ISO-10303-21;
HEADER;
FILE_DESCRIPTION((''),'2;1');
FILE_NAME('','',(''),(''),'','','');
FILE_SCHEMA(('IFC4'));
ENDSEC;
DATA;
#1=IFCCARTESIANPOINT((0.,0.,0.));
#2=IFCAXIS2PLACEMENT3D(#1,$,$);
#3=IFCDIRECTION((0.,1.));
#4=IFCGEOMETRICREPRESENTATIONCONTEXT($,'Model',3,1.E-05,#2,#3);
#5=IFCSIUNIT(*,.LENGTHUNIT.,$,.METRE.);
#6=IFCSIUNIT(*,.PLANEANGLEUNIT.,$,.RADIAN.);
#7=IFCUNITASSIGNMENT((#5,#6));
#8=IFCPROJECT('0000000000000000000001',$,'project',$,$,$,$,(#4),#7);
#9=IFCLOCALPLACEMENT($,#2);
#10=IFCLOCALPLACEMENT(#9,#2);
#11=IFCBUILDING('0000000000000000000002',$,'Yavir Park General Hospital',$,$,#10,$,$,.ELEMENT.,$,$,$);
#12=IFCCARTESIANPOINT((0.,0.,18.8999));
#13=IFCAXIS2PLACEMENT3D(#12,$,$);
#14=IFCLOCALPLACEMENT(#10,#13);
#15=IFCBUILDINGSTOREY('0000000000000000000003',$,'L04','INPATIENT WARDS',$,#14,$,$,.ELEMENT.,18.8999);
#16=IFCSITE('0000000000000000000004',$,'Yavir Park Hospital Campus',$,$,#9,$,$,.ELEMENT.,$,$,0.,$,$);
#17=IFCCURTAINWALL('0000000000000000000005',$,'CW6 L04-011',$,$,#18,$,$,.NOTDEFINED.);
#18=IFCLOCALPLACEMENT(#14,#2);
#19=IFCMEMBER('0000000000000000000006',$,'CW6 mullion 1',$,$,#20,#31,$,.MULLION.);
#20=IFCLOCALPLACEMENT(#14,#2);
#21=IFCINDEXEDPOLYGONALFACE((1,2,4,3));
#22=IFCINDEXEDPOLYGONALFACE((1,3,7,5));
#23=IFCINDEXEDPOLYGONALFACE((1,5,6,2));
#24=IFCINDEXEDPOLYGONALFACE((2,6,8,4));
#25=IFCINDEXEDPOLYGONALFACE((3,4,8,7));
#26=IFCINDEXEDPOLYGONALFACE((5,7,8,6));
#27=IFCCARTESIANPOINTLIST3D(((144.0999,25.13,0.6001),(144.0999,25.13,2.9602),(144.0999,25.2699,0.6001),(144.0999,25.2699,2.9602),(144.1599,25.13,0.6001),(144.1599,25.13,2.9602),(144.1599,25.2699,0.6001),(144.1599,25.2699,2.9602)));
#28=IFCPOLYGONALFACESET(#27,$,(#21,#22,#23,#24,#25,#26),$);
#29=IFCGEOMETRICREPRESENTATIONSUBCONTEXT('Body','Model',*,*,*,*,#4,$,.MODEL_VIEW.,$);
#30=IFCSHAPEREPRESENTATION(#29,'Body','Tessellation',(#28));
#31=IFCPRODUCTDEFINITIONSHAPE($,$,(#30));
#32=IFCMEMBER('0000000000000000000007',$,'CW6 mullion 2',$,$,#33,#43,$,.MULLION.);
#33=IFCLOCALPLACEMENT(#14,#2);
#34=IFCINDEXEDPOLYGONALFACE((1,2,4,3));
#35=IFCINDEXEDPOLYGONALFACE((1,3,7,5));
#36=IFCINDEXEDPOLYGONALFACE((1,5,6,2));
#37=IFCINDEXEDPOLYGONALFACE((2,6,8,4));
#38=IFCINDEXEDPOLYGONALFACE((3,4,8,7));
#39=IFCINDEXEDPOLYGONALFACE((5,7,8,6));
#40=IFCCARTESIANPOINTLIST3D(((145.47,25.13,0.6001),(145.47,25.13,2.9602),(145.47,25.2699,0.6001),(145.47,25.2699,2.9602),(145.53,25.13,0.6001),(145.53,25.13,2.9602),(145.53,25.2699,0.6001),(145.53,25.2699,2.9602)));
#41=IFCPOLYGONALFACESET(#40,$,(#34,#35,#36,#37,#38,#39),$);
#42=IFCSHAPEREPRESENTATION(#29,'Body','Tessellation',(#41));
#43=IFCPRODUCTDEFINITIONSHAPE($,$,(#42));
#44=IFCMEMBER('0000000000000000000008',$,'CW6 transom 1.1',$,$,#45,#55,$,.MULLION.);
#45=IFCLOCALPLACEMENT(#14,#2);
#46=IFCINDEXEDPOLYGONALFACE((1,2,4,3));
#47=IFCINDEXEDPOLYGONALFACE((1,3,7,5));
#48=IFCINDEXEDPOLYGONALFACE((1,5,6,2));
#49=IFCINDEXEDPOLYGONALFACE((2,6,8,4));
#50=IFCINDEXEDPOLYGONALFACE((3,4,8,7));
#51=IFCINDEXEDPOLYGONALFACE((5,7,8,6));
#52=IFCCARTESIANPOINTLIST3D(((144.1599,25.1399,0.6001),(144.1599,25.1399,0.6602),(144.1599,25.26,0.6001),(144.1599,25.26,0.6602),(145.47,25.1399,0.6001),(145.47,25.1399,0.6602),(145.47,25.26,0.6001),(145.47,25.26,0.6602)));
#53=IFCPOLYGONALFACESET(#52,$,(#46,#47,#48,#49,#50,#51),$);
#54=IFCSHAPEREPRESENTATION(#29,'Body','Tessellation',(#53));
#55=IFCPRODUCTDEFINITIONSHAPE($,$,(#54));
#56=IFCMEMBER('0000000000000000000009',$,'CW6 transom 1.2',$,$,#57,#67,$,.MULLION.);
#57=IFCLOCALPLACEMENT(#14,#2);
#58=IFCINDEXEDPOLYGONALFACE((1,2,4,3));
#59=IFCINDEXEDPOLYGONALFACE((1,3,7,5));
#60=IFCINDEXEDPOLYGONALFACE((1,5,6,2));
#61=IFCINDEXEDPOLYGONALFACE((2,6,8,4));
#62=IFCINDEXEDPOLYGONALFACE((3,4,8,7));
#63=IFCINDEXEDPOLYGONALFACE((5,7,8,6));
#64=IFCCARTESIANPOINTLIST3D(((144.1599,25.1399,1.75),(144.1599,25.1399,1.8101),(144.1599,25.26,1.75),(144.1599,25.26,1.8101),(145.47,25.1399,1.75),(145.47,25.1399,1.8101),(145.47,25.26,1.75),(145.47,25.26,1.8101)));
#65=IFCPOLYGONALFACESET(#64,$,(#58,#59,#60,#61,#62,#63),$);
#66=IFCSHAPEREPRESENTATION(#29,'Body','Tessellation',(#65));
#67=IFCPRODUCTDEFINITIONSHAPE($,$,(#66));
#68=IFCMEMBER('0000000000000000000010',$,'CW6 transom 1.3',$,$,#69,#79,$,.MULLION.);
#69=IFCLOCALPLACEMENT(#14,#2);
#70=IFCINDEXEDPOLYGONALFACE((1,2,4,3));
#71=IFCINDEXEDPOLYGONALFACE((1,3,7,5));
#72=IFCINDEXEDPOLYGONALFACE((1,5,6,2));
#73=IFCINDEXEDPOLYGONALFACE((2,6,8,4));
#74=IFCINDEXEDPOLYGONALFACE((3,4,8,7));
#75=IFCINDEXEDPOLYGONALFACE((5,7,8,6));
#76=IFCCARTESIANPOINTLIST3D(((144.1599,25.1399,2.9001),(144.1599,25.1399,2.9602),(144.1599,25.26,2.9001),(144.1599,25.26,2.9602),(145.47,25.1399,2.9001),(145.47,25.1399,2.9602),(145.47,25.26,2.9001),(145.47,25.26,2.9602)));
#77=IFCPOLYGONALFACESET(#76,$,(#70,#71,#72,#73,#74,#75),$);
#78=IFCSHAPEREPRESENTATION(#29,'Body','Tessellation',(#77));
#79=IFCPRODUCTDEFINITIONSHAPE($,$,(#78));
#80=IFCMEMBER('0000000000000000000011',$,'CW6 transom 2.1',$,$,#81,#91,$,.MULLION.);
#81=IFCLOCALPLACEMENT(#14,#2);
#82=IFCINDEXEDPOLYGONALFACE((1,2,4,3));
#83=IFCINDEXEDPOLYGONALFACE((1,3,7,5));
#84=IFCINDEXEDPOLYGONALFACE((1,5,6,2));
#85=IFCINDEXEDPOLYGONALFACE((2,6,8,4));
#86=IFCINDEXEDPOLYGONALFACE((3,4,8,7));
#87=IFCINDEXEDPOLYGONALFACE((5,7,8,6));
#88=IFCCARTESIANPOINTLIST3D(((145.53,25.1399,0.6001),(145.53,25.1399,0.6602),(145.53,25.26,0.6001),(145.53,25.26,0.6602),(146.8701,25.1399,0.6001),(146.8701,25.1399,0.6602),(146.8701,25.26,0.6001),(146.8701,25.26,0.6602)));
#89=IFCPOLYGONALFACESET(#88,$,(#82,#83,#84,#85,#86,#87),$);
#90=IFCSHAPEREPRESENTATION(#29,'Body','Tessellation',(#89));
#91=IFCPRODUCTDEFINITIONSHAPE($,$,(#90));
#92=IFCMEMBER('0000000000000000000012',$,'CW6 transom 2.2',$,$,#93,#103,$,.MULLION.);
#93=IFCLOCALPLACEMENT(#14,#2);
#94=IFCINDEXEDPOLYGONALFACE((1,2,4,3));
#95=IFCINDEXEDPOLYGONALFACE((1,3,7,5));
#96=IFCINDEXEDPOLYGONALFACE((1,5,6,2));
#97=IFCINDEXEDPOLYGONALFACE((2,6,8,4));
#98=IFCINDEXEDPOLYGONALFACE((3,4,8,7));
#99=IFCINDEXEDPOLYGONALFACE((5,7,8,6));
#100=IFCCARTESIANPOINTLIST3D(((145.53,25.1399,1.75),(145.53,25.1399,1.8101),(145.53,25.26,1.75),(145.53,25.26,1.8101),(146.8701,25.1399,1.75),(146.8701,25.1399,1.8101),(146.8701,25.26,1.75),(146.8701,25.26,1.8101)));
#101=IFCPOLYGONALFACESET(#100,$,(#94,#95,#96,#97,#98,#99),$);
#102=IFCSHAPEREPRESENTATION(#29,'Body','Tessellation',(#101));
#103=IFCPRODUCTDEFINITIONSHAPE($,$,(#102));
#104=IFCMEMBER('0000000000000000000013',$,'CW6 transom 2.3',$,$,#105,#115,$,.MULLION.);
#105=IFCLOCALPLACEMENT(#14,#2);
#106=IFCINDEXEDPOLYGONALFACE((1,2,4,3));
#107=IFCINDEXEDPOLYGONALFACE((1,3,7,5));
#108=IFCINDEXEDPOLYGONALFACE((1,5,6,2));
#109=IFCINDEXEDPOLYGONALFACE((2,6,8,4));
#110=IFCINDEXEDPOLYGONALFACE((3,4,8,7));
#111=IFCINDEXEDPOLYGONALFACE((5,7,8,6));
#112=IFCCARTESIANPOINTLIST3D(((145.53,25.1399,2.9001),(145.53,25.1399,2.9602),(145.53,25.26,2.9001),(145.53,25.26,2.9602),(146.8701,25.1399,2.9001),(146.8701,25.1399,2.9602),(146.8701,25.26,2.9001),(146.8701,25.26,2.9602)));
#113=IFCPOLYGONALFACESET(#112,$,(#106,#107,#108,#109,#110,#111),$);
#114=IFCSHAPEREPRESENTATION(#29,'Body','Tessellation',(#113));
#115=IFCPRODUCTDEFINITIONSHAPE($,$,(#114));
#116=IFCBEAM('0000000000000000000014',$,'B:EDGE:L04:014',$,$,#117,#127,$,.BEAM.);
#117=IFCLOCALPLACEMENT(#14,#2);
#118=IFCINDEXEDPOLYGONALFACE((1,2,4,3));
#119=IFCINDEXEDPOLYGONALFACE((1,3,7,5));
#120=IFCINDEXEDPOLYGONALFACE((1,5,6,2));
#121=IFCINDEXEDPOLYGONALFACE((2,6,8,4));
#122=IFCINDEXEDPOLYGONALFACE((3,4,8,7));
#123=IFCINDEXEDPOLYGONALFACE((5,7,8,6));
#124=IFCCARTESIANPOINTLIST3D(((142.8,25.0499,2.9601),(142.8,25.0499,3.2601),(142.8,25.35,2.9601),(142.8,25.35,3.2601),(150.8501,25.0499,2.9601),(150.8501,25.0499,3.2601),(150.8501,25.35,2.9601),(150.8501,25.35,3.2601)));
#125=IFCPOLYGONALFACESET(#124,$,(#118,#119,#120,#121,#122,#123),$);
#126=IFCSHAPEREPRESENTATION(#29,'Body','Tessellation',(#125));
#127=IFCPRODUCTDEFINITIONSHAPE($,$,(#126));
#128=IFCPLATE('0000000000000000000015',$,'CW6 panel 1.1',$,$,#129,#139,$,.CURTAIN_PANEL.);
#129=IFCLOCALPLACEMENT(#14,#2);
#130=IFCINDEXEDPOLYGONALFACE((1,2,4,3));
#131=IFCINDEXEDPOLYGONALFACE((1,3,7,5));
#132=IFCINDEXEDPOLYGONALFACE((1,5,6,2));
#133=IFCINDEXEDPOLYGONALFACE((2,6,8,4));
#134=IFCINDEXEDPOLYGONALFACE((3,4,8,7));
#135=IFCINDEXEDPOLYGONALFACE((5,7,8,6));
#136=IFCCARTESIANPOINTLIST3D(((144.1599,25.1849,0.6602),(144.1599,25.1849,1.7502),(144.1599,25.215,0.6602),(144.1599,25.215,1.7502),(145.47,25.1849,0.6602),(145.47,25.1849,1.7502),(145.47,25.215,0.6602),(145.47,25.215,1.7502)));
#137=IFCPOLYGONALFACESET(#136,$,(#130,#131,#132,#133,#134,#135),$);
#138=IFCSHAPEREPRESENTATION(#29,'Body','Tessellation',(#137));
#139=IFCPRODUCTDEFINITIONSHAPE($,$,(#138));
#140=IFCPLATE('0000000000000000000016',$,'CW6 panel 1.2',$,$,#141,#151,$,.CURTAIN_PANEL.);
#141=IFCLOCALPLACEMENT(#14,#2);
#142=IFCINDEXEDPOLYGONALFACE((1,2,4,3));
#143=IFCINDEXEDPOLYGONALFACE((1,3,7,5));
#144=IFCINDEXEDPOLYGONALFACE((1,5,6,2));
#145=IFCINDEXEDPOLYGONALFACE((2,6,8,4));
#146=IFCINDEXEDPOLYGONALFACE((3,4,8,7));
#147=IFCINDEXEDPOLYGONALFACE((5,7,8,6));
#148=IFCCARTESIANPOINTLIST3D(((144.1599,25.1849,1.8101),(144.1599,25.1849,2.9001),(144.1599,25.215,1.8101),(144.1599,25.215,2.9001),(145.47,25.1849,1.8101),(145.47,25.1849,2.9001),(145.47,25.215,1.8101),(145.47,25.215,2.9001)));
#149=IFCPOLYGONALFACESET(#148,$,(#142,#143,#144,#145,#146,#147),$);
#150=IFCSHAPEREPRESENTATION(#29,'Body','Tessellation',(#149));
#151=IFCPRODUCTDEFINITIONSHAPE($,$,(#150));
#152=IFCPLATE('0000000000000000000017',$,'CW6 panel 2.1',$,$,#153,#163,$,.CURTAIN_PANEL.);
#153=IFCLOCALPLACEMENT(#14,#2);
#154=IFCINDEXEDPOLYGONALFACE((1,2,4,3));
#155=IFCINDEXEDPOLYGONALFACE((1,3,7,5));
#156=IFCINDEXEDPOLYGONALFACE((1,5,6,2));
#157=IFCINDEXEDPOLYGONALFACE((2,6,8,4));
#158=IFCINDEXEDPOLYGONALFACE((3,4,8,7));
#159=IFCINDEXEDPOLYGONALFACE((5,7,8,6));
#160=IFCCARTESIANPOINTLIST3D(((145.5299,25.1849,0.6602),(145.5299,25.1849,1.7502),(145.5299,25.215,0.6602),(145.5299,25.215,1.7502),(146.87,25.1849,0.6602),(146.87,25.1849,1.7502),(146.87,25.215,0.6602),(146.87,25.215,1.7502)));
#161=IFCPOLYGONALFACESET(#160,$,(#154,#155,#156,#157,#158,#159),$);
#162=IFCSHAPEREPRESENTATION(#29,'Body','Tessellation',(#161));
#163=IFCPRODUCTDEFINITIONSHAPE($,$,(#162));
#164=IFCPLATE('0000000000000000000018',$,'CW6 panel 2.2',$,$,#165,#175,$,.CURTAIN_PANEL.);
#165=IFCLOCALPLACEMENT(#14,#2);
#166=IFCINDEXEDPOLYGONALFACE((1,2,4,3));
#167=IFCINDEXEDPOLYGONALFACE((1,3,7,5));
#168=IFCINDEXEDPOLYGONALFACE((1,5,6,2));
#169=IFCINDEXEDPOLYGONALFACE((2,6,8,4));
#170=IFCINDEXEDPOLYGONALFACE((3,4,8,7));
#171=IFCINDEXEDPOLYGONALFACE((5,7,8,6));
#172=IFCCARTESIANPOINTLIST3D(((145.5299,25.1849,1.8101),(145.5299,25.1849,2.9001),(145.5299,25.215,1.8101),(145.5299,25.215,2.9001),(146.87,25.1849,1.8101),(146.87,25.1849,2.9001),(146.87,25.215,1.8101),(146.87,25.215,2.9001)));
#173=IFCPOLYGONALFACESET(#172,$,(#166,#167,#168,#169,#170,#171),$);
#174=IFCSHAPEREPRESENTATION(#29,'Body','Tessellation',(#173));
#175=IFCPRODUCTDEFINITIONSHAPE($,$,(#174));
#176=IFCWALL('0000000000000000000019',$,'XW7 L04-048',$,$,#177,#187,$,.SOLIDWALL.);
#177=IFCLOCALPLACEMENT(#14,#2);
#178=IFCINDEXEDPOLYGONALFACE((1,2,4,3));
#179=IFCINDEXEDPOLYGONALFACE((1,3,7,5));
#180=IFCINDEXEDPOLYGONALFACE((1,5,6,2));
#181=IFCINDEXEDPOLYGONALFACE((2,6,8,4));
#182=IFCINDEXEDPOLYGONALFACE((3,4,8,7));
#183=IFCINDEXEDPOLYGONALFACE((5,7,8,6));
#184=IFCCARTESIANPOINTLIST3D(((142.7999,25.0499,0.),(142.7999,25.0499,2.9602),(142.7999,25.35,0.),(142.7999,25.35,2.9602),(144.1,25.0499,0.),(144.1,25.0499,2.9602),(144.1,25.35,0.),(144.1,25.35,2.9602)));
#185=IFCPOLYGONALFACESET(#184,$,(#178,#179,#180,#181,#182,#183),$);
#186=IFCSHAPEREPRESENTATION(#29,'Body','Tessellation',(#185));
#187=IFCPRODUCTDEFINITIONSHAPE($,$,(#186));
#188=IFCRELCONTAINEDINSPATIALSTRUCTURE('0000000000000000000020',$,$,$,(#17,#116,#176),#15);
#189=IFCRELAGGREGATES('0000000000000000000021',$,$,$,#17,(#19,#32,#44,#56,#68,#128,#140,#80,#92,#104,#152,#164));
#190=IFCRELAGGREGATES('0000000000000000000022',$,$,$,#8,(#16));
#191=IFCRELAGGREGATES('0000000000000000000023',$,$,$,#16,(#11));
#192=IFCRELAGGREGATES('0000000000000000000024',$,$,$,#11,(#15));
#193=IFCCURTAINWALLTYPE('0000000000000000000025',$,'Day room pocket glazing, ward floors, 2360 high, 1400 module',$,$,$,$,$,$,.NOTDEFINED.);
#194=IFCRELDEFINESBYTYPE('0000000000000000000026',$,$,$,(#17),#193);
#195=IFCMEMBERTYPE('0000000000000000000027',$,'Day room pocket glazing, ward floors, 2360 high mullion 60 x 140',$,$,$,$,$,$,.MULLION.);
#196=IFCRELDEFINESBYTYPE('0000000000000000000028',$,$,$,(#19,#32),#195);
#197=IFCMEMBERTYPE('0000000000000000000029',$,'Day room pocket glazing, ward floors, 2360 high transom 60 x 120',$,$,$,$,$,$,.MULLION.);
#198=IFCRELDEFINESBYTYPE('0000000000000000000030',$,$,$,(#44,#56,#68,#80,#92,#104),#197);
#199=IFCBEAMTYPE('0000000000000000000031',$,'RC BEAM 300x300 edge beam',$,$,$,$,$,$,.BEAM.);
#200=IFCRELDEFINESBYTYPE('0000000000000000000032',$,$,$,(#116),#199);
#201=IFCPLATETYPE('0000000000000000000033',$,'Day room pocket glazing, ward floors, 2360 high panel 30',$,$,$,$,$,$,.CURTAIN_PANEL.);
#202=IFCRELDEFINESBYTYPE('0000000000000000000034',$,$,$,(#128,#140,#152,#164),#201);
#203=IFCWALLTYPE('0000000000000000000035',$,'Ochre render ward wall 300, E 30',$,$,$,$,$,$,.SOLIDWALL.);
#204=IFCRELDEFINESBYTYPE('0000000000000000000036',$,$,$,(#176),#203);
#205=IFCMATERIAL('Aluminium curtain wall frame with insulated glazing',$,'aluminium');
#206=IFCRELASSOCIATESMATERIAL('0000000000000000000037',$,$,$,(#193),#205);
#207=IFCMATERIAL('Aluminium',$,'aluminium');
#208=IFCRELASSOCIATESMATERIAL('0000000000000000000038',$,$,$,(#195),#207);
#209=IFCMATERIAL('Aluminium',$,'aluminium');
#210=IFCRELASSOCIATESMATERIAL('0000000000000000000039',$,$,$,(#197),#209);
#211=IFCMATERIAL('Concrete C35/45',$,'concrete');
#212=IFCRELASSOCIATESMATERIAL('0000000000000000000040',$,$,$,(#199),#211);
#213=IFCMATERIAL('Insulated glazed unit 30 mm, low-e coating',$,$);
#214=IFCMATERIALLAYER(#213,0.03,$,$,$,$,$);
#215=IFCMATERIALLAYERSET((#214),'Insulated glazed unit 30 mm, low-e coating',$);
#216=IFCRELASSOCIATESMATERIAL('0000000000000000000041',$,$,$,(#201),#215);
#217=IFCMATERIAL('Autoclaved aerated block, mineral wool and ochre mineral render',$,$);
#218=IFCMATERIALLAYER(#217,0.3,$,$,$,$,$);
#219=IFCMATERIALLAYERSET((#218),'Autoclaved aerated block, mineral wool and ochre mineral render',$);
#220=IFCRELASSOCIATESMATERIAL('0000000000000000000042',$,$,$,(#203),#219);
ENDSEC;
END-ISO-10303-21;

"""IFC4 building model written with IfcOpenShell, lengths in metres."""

from ifc_helpers import new_model, si_unit, direction, frame, frame_2d, origin, origin_2d, place, context, subcontext, project, spatial, rectangle, extrude, material, layer, layer_set, material_profile, profile_set, type_object, element, aggregate, save


model = new_model("IFC4")

# Units and contexts
model_context = context("Model", 3, precision=1e-05, world=origin(), true_north=direction((0.0, 1.0)))
body_context = subcontext(model_context, "Body", "Model", "MODEL_VIEW")
ifc_project = project(units=[si_unit("LENGTHUNIT", "METRE"), si_unit("PLANEANGLEUNIT", "RADIAN")], contexts=[model_context])

# Site, building, storey
site_placement = place(None, origin())
site = spatial("IfcSite", under=ifc_project, at=site_placement, Name="Yavir Park Hospital Campus", CompositionType="ELEMENT", RefElevation=0.0)
building_placement = place(site_placement, origin())
building = spatial("IfcBuilding", under=site, at=building_placement, Name="Yavir Park General Hospital", CompositionType="ELEMENT")
storey_placement = place(building_placement, frame((0.0, 0.0, 18.8999)))
storey = spatial("IfcBuildingStorey", under=building, at=storey_placement, Name="L04", Description="INPATIENT WARDS", CompositionType="ELEMENT", Elevation=18.8999)

# Curtain wall, members
ifc_material_1 = material(Name="Aluminium curtain wall frame with insulated glazing", Category="aluminium")
curtain_wall_type = type_object("IfcCurtainWallType", Name="Day room pocket glazing, ward floors, 2360 high, 1400 module", PredefinedType="NOTDEFINED", material=ifc_material_1)
curtain_wall_placement = place(storey_placement, origin())
curtain_wall = element("IfcCurtainWall", 1, at=curtain_wall_placement, inside=storey, type_object=curtain_wall_type, Name="CW6 L04-011", PredefinedType="NOTDEFINED")
ifc_material_2 = material(Name="Aluminium", Category="aluminium")
ifc_material_profile_1 = material_profile(ifc_material_2, rectangle(XDim=0.1399, YDim=0.0601, at=origin_2d()), Name="AL 60x140")
ifc_profile_set_1 = profile_set([ifc_material_profile_1], Name="Aluminium")
member_type_1 = type_object("IfcMemberType", Name="Day room pocket glazing, ward floors, 2360 high mullion 60 x 140", PredefinedType="MULLION", material=ifc_profile_set_1)
member_1_placement = place(storey_placement, frame((144.1299, 25.2, 0.6001), z_axis=(0.0, 0.0, 1.0), x_axis=(0.0, 1.0, 0.0)))
member_1 = element("IfcMember", 2, at=member_1_placement, type_object=member_type_1, Name="CW6 mullion 1", PredefinedType="MULLION", context=body_context, shape_type="SweptSolid", body=[
    extrude(rectangle(XDim=0.1399, YDim=0.0601, at=origin_2d()), origin(), (0.0, 0.0, 1.0), 2.3601),
])
member_2_placement = place(storey_placement, frame((145.5, 25.2, 0.6001), z_axis=(0.0, 0.0, 1.0), x_axis=(0.0, 1.0, 0.0)))
member_2 = element("IfcMember", 3, at=member_2_placement, type_object=member_type_1, Name="CW6 mullion 2", PredefinedType="MULLION", context=body_context, shape_type="SweptSolid", body=[
    extrude(rectangle(XDim=0.1399, YDim=0.0601, at=origin_2d()), origin(), (0.0, 0.0, 1.0), 2.3601),
])
ifc_material_3 = material(Name="Aluminium", Category="aluminium")
ifc_material_profile_2 = material_profile(ifc_material_3, rectangle(XDim=0.1201, YDim=0.0601, at=origin_2d()), Name="AL 120x60")
ifc_profile_set_2 = profile_set([ifc_material_profile_2], Name="Aluminium")
member_type_2 = type_object("IfcMemberType", Name="Day room pocket glazing, ward floors, 2360 high transom 60 x 120", PredefinedType="MULLION", material=ifc_profile_set_2)
member_3_placement = place(storey_placement, frame((144.1599, 25.2, 0.6301), z_axis=(1.0, 0.0, 0.0), x_axis=(0.0, 1.0, 0.0)))
member_3 = element("IfcMember", 4, at=member_3_placement, type_object=member_type_2, Name="CW6 transom 1.1", PredefinedType="MULLION", context=body_context, shape_type="SweptSolid", body=[
    extrude(rectangle(XDim=0.1201, YDim=0.0601, at=origin_2d()), origin(), (0.0, 0.0, 1.0), 1.3101),
])
member_4_placement = place(storey_placement, frame((144.1599, 25.2, 1.78), z_axis=(1.0, 0.0, 0.0), x_axis=(0.0, 1.0, 0.0)))
member_4 = element("IfcMember", 5, at=member_4_placement, type_object=member_type_2, Name="CW6 transom 1.2", PredefinedType="MULLION", context=body_context, shape_type="SweptSolid", body=[
    extrude(rectangle(XDim=0.1201, YDim=0.0601, at=origin_2d()), origin(), (0.0, 0.0, 1.0), 1.3101),
])
member_5_placement = place(storey_placement, frame((144.1599, 25.2, 2.9302), z_axis=(1.0, 0.0, 0.0), x_axis=(0.0, 1.0, 0.0)))
member_5 = element("IfcMember", 6, at=member_5_placement, type_object=member_type_2, Name="CW6 transom 1.3", PredefinedType="MULLION", context=body_context, shape_type="SweptSolid", body=[
    extrude(rectangle(XDim=0.1201, YDim=0.0601, at=origin_2d()), origin(), (0.0, 0.0, 1.0), 1.3101),
])
member_6_placement = place(storey_placement, frame((145.53, 25.2, 0.6301), z_axis=(1.0, 0.0, 0.0), x_axis=(0.0, 1.0, 0.0)))
member_6 = element("IfcMember", 7, at=member_6_placement, type_object=member_type_2, Name="CW6 transom 2.1", PredefinedType="MULLION", context=body_context, shape_type="SweptSolid", body=[
    extrude(rectangle(XDim=0.1201, YDim=0.0601, at=origin_2d()), origin(), (0.0, 0.0, 1.0), 1.3401),
])
member_7_placement = place(storey_placement, frame((145.53, 25.2, 1.78), z_axis=(1.0, 0.0, 0.0), x_axis=(0.0, 1.0, 0.0)))
member_7 = element("IfcMember", 8, at=member_7_placement, type_object=member_type_2, Name="CW6 transom 2.2", PredefinedType="MULLION", context=body_context, shape_type="SweptSolid", body=[
    extrude(rectangle(XDim=0.1201, YDim=0.0601, at=origin_2d()), origin(), (0.0, 0.0, 1.0), 1.3401),
])
member_8_placement = place(storey_placement, frame((145.53, 25.2, 2.9302), z_axis=(1.0, 0.0, 0.0), x_axis=(0.0, 1.0, 0.0)))
member_8 = element("IfcMember", 9, at=member_8_placement, type_object=member_type_2, Name="CW6 transom 2.3", PredefinedType="MULLION", context=body_context, shape_type="SweptSolid", body=[
    extrude(rectangle(XDim=0.1201, YDim=0.0601, at=origin_2d()), origin(), (0.0, 0.0, 1.0), 1.3401),
])

# Beam
ifc_material_4 = material(Name="Concrete C35/45", Category="concrete")
ifc_material_profile_3 = material_profile(ifc_material_4, rectangle(XDim=0.3, YDim=0.3, at=origin_2d()), Name="RC300x300")
ifc_profile_set_3 = profile_set([ifc_material_profile_3], Name="Concrete C35/45")
beam_type = type_object("IfcBeamType", Name="RC BEAM 300x300 edge beam", PredefinedType="BEAM", material=ifc_profile_set_3)
beam_placement = place(storey_placement, frame((142.8, 25.2, 3.1101), z_axis=(1.0, 0.0, 0.0), x_axis=(0.0, 1.0, 0.0)))
element("IfcBeam", 10, at=beam_placement, inside=storey, type_object=beam_type, Name="B:EDGE:L04:014", PredefinedType="BEAM", context=body_context, shape_type="SweptSolid", body=[
    extrude(rectangle(XDim=0.3, YDim=0.3, at=origin_2d()), origin(), (0.0, 0.0, 1.0), 8.05),
])

# Plates
ifc_material_5 = material(Name="Insulated glazed unit 30 mm, low-e coating")
ifc_layer_1 = layer(ifc_material_5, 0.03)
ifc_layer_set_1 = layer_set([ifc_layer_1], Name="Insulated glazed unit 30 mm, low-e coating")
plate_type = type_object("IfcPlateType", Name="Day room pocket glazing, ward floors, 2360 high panel 30", PredefinedType="CURTAIN_PANEL", material=ifc_layer_set_1)
plate_1_placement = place(storey_placement, frame((144.8149, 25.2, 0.6602), z_axis=(0.0, 0.0, 1.0), x_axis=(1.0, 0.0, 0.0)))
plate_1 = element("IfcPlate", 11, at=plate_1_placement, type_object=plate_type, Name="CW6 panel 1.1", PredefinedType="CURTAIN_PANEL", context=body_context, shape_type="SweptSolid", body=[
    extrude(rectangle(XDim=1.3101, YDim=0.03, at=origin_2d()), origin(), (0.0, 0.0, 1.0), 1.0901),
])
plate_2_placement = place(storey_placement, frame((144.8149, 25.2, 1.8101), z_axis=(0.0, 0.0, 1.0), x_axis=(1.0, 0.0, 0.0)))
plate_2 = element("IfcPlate", 12, at=plate_2_placement, type_object=plate_type, Name="CW6 panel 1.2", PredefinedType="CURTAIN_PANEL", context=body_context, shape_type="SweptSolid", body=[
    extrude(rectangle(XDim=1.3101, YDim=0.03, at=origin_2d()), origin(), (0.0, 0.0, 1.0), 1.0901),
])
plate_3_placement = place(storey_placement, frame((146.2, 25.2, 0.6602), z_axis=(0.0, 0.0, 1.0), x_axis=(1.0, 0.0, 0.0)))
plate_3 = element("IfcPlate", 13, at=plate_3_placement, type_object=plate_type, Name="CW6 panel 2.1", PredefinedType="CURTAIN_PANEL", context=body_context, shape_type="SweptSolid", body=[
    extrude(rectangle(XDim=1.3401, YDim=0.03, at=origin_2d()), origin(), (0.0, 0.0, 1.0), 1.0901),
])
plate_4_placement = place(storey_placement, frame((146.2, 25.2, 1.8101), z_axis=(0.0, 0.0, 1.0), x_axis=(1.0, 0.0, 0.0)))
plate_4 = element("IfcPlate", 14, at=plate_4_placement, type_object=plate_type, Name="CW6 panel 2.2", PredefinedType="CURTAIN_PANEL", context=body_context, shape_type="SweptSolid", body=[
    extrude(rectangle(XDim=1.3401, YDim=0.03, at=origin_2d()), origin(), (0.0, 0.0, 1.0), 1.0901),
])
aggregate(curtain_wall, [member_1, member_2, member_3, member_4, member_5, plate_1, plate_2, member_6, member_7, member_8, plate_3, plate_4])

# Wall
ifc_material_6 = material(Name="Autoclaved aerated block, mineral wool and ochre mineral render")
ifc_layer_2 = layer(ifc_material_6, 0.3)
ifc_layer_set_2 = layer_set([ifc_layer_2], Name="Autoclaved aerated block, mineral wool and ochre mineral render")
wall_type_1 = type_object("IfcWallType", Name="Ochre render ward wall 300, E 30", PredefinedType="SOLIDWALL", material=ifc_layer_set_2)
wall_1_placement = place(storey_placement, frame((142.8, 25.2, 0.0), z_axis=(0.0, 0.0, 1.0), x_axis=(1.0, 0.0, 0.0)))
element("IfcWall", 15, at=wall_1_placement, inside=storey, type_object=wall_type_1, Name="XW7 L04-048", PredefinedType="SOLIDWALL", context=body_context, shape_type="SweptSolid", body=[
    extrude(rectangle(XDim=1.3, YDim=0.3, at=frame_2d((0.6499, 0.0))), origin(), (0.0, 0.0, 1.0), 2.9602),
])

save(model, "model.ifc")
